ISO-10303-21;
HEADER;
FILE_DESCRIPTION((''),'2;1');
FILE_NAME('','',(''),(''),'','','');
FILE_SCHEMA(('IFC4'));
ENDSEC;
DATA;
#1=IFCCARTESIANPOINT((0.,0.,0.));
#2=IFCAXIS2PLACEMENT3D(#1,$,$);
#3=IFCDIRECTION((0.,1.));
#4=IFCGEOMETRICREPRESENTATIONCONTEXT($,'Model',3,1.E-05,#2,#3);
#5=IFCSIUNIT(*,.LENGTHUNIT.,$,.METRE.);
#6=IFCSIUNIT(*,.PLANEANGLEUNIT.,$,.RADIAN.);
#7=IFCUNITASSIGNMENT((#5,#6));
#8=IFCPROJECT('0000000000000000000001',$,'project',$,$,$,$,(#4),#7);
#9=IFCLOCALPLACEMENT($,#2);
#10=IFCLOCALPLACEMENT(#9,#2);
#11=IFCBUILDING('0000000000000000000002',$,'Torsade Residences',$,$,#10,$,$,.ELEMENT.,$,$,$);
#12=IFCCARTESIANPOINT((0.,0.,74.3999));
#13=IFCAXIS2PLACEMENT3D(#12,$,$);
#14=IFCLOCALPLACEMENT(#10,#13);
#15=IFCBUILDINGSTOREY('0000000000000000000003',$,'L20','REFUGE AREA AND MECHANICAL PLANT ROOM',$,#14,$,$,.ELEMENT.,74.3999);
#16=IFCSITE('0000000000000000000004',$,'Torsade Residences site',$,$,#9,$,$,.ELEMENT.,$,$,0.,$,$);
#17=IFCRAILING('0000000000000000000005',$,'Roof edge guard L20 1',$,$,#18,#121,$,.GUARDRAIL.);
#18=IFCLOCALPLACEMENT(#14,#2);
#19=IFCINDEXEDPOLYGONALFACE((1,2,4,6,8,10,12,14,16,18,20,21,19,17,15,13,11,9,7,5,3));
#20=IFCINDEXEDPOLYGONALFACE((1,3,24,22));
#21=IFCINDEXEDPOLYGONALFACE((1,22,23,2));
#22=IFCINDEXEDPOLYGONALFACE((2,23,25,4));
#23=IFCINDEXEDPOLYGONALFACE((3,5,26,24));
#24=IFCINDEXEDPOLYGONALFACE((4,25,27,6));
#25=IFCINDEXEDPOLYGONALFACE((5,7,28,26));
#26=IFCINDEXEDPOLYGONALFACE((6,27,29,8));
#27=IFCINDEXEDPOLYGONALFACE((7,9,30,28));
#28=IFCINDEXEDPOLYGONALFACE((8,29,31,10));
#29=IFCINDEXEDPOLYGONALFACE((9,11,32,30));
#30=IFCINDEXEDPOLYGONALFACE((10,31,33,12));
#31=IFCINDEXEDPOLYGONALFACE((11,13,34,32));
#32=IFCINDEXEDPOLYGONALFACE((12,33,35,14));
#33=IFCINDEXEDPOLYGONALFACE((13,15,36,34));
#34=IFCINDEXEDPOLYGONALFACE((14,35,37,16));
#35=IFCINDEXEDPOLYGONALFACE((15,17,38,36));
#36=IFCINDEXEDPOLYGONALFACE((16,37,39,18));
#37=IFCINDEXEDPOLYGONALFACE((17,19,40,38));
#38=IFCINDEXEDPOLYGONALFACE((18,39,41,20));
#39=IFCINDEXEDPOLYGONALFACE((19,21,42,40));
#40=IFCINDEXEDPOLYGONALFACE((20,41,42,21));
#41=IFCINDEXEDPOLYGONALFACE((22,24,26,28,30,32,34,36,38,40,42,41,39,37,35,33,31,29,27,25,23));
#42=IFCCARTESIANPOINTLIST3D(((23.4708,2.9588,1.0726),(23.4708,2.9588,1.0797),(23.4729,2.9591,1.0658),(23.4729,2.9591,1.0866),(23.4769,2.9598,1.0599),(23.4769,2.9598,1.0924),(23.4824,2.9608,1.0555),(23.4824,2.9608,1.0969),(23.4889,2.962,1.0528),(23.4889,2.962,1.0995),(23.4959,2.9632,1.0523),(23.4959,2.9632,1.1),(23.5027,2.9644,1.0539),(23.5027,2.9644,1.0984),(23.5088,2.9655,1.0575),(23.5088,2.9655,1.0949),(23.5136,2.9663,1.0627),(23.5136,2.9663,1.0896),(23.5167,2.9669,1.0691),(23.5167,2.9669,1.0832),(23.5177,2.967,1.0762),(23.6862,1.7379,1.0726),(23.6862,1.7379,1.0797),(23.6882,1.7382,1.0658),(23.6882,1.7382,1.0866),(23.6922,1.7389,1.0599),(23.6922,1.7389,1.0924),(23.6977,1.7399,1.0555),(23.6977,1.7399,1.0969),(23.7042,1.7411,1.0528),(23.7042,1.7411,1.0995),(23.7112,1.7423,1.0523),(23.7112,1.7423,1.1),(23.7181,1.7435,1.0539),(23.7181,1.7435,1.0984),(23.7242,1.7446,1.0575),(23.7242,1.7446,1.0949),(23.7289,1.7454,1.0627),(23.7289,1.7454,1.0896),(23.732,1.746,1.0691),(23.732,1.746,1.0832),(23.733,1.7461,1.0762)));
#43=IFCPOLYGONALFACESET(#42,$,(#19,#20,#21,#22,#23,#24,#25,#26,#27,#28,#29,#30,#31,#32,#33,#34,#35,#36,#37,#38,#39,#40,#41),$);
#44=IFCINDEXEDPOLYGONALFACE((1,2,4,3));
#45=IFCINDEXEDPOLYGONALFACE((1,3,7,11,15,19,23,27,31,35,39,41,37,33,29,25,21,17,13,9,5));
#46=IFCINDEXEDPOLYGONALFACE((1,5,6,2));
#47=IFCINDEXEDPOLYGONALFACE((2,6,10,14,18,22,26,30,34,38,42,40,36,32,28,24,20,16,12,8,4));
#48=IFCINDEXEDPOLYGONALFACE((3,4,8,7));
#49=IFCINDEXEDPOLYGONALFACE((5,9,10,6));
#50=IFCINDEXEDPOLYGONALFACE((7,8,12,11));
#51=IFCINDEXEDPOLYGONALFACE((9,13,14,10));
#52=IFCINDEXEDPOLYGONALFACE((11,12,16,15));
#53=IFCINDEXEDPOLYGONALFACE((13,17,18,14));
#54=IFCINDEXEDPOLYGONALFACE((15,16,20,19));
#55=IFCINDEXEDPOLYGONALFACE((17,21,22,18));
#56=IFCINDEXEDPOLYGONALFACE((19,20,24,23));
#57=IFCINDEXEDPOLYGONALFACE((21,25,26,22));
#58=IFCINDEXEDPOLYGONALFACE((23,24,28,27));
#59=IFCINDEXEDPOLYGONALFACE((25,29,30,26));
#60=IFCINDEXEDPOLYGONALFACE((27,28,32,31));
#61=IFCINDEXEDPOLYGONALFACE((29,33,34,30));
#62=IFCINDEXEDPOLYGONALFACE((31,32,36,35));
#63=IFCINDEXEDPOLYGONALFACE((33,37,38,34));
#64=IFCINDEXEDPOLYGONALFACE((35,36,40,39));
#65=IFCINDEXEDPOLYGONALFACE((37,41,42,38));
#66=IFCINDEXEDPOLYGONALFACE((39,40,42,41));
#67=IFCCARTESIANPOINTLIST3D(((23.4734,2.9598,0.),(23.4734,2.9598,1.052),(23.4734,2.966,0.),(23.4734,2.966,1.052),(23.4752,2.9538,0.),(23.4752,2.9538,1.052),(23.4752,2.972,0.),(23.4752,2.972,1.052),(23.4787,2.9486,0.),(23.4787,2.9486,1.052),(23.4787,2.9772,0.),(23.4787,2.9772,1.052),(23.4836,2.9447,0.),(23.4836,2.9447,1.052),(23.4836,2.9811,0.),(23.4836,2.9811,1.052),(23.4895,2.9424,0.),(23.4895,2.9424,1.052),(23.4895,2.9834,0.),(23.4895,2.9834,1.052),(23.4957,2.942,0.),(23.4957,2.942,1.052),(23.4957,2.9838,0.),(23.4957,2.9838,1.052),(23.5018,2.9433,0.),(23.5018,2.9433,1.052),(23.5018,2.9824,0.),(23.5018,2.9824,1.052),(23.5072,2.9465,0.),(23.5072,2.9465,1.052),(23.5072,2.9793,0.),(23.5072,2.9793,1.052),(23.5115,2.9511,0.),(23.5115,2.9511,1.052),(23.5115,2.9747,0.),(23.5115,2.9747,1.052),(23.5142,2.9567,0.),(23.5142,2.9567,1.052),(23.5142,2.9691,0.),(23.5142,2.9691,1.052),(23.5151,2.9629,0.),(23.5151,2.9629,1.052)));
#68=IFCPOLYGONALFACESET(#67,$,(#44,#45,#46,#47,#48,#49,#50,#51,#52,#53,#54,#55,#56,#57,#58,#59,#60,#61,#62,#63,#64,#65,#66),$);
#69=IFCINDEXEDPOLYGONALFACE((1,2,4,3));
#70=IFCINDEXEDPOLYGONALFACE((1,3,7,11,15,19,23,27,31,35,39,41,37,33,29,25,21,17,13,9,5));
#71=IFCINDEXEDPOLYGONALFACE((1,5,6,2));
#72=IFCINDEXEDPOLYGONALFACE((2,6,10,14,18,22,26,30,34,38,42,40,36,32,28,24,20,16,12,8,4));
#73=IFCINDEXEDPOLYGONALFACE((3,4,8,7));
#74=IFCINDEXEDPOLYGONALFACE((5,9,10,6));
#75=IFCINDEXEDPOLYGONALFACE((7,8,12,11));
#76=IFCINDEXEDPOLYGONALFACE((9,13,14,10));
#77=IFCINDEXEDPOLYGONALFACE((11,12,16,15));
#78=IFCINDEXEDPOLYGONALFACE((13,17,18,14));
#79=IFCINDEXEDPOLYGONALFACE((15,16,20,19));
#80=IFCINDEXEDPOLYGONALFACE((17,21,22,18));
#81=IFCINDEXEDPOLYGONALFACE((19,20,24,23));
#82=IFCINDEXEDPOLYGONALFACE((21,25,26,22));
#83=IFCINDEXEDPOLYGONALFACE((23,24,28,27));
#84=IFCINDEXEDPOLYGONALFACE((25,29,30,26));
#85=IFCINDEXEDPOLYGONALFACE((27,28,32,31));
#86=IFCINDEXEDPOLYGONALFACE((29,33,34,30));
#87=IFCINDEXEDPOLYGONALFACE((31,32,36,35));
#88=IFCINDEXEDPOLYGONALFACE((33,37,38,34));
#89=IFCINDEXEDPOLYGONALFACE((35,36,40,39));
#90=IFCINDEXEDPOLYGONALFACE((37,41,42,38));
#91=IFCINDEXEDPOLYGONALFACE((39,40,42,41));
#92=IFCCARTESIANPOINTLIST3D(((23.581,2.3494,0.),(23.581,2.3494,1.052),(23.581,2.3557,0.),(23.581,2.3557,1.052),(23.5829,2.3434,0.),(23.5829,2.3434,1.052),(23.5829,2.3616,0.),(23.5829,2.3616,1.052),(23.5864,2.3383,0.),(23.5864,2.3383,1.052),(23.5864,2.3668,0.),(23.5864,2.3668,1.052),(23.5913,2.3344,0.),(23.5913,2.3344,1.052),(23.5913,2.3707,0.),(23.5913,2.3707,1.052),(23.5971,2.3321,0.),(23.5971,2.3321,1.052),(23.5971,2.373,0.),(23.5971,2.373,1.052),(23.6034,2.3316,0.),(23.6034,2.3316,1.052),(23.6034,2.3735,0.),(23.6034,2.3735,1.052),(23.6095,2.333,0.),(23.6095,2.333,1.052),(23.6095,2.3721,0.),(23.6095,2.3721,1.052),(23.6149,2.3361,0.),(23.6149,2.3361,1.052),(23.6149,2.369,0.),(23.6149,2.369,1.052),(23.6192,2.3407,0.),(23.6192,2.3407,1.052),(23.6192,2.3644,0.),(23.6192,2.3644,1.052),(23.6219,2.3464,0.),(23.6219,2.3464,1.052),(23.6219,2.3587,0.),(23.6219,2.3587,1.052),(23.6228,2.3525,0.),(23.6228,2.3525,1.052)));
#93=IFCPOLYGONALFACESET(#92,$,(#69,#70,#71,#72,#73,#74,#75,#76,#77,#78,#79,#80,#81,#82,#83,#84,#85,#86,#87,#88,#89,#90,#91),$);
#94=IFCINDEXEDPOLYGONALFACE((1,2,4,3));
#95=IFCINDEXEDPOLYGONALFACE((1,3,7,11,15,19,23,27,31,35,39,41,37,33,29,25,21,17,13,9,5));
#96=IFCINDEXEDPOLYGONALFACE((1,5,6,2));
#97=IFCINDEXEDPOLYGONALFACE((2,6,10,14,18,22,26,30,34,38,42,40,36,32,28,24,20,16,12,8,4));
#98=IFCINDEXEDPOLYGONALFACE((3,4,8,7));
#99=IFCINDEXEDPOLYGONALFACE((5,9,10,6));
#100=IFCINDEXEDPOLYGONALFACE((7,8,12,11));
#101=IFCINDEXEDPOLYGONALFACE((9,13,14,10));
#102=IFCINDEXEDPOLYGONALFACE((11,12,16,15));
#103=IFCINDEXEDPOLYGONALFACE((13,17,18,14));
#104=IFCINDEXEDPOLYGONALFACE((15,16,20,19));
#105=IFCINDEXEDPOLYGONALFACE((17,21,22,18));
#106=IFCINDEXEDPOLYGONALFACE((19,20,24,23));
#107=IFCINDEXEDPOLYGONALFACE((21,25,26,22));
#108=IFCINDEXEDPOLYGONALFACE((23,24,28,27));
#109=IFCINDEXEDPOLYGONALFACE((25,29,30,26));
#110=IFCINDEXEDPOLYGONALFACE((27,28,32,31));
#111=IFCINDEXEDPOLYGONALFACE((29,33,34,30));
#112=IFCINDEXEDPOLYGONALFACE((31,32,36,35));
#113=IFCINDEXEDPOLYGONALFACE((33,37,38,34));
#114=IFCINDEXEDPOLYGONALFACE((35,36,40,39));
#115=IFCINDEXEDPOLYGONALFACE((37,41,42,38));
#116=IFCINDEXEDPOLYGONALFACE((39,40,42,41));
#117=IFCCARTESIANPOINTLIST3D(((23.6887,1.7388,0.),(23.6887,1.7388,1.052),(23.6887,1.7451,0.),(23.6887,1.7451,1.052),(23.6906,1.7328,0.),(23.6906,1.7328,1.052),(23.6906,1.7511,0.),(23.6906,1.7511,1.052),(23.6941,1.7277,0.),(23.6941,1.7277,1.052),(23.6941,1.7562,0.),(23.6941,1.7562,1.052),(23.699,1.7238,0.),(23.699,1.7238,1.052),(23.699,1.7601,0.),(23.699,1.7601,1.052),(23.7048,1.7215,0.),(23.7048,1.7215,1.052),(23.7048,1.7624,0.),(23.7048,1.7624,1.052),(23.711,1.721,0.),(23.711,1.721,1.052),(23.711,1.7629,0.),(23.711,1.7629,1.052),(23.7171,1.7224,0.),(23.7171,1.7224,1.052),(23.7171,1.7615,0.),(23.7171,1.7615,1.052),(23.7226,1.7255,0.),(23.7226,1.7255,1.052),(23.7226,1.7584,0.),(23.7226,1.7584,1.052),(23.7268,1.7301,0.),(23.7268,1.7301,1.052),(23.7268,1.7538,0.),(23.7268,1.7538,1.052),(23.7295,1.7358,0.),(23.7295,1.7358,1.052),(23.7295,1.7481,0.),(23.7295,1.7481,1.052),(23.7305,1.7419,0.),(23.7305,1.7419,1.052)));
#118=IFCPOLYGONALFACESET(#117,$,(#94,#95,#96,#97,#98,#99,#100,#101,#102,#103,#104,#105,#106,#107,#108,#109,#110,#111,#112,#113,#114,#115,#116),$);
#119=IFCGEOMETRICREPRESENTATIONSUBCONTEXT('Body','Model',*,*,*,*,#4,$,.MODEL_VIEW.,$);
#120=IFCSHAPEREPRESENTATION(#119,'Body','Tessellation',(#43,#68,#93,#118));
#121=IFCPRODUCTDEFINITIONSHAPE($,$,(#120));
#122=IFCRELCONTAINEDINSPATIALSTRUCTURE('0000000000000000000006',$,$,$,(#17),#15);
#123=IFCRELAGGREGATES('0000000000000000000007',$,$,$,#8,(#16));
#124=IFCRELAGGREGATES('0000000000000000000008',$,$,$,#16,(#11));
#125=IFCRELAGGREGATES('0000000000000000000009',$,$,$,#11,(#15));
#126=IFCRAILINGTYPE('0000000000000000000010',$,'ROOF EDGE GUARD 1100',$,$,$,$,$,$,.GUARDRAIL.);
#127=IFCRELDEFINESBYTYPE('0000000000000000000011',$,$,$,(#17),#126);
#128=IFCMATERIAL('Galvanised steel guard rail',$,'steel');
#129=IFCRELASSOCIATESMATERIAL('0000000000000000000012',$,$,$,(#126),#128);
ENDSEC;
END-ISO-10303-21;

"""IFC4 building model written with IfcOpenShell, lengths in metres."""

from ifc_helpers import new_model, si_unit, direction, frame, origin, origin_2d, place, context, subcontext, project, spatial, circle, extrude, material, type_object, element, save


model = new_model("IFC4")

# Units and contexts
model_context = context("Model", 3, precision=1e-05, world=origin(), true_north=direction((0.0, 1.0)))
body_context = subcontext(model_context, "Body", "Model", "MODEL_VIEW")
ifc_project = project(units=[si_unit("LENGTHUNIT", "METRE"), si_unit("PLANEANGLEUNIT", "RADIAN")], contexts=[model_context])

# Site, building, storey
site_placement = place(None, origin())
site = spatial("IfcSite", under=ifc_project, at=site_placement, Name="Torsade Residences site", CompositionType="ELEMENT", RefElevation=0.0)
building_placement = place(site_placement, origin())
building = spatial("IfcBuilding", under=site, at=building_placement, Name="Torsade Residences", CompositionType="ELEMENT")
storey_placement = place(building_placement, frame((0.0, 0.0, 74.3999)))
storey = spatial("IfcBuildingStorey", under=building, at=storey_placement, Name="L20", Description="REFUGE AREA AND MECHANICAL PLANT ROOM", CompositionType="ELEMENT", Elevation=74.3999)

# Railing
ifc_material_1 = material(Name="Galvanised steel guard rail", Category="steel")
railing_type = type_object("IfcRailingType", Name="ROOF EDGE GUARD 1100", PredefinedType="GUARDRAIL", material=ifc_material_1)
railing_1_placement = place(storey_placement, frame((23.4941, 2.9629, 0.0)))
element("IfcRailing", 1, at=railing_1_placement, inside=storey, type_object=railing_type, Name="Roof edge guard L20 1", PredefinedType="GUARDRAIL", context=body_context, shape_type="SweptSolid", body=[
    extrude(circle(Radius=0.0239, at=origin_2d()), frame((0.0, 0.0, 1.0762), z_axis=(0.173684, -0.984801, 0.0), x_axis=(0.984801, 0.173684, 0.0)), (0.0, 0.0, 1.0), 1.2397),
    extrude(circle(Radius=0.021, at=origin_2d()), origin(), (0.0, 0.0, 1.0), 1.052),
    extrude(circle(Radius=0.021, at=origin_2d()), frame((0.1077, -0.6104, 0.0)), (0.0, 0.0, 1.0), 1.052),
    extrude(circle(Radius=0.021, at=origin_2d()), frame((0.2153, -1.2209, 0.0)), (0.0, 0.0, 1.0), 1.052),
])

save(model, "model.ifc")
